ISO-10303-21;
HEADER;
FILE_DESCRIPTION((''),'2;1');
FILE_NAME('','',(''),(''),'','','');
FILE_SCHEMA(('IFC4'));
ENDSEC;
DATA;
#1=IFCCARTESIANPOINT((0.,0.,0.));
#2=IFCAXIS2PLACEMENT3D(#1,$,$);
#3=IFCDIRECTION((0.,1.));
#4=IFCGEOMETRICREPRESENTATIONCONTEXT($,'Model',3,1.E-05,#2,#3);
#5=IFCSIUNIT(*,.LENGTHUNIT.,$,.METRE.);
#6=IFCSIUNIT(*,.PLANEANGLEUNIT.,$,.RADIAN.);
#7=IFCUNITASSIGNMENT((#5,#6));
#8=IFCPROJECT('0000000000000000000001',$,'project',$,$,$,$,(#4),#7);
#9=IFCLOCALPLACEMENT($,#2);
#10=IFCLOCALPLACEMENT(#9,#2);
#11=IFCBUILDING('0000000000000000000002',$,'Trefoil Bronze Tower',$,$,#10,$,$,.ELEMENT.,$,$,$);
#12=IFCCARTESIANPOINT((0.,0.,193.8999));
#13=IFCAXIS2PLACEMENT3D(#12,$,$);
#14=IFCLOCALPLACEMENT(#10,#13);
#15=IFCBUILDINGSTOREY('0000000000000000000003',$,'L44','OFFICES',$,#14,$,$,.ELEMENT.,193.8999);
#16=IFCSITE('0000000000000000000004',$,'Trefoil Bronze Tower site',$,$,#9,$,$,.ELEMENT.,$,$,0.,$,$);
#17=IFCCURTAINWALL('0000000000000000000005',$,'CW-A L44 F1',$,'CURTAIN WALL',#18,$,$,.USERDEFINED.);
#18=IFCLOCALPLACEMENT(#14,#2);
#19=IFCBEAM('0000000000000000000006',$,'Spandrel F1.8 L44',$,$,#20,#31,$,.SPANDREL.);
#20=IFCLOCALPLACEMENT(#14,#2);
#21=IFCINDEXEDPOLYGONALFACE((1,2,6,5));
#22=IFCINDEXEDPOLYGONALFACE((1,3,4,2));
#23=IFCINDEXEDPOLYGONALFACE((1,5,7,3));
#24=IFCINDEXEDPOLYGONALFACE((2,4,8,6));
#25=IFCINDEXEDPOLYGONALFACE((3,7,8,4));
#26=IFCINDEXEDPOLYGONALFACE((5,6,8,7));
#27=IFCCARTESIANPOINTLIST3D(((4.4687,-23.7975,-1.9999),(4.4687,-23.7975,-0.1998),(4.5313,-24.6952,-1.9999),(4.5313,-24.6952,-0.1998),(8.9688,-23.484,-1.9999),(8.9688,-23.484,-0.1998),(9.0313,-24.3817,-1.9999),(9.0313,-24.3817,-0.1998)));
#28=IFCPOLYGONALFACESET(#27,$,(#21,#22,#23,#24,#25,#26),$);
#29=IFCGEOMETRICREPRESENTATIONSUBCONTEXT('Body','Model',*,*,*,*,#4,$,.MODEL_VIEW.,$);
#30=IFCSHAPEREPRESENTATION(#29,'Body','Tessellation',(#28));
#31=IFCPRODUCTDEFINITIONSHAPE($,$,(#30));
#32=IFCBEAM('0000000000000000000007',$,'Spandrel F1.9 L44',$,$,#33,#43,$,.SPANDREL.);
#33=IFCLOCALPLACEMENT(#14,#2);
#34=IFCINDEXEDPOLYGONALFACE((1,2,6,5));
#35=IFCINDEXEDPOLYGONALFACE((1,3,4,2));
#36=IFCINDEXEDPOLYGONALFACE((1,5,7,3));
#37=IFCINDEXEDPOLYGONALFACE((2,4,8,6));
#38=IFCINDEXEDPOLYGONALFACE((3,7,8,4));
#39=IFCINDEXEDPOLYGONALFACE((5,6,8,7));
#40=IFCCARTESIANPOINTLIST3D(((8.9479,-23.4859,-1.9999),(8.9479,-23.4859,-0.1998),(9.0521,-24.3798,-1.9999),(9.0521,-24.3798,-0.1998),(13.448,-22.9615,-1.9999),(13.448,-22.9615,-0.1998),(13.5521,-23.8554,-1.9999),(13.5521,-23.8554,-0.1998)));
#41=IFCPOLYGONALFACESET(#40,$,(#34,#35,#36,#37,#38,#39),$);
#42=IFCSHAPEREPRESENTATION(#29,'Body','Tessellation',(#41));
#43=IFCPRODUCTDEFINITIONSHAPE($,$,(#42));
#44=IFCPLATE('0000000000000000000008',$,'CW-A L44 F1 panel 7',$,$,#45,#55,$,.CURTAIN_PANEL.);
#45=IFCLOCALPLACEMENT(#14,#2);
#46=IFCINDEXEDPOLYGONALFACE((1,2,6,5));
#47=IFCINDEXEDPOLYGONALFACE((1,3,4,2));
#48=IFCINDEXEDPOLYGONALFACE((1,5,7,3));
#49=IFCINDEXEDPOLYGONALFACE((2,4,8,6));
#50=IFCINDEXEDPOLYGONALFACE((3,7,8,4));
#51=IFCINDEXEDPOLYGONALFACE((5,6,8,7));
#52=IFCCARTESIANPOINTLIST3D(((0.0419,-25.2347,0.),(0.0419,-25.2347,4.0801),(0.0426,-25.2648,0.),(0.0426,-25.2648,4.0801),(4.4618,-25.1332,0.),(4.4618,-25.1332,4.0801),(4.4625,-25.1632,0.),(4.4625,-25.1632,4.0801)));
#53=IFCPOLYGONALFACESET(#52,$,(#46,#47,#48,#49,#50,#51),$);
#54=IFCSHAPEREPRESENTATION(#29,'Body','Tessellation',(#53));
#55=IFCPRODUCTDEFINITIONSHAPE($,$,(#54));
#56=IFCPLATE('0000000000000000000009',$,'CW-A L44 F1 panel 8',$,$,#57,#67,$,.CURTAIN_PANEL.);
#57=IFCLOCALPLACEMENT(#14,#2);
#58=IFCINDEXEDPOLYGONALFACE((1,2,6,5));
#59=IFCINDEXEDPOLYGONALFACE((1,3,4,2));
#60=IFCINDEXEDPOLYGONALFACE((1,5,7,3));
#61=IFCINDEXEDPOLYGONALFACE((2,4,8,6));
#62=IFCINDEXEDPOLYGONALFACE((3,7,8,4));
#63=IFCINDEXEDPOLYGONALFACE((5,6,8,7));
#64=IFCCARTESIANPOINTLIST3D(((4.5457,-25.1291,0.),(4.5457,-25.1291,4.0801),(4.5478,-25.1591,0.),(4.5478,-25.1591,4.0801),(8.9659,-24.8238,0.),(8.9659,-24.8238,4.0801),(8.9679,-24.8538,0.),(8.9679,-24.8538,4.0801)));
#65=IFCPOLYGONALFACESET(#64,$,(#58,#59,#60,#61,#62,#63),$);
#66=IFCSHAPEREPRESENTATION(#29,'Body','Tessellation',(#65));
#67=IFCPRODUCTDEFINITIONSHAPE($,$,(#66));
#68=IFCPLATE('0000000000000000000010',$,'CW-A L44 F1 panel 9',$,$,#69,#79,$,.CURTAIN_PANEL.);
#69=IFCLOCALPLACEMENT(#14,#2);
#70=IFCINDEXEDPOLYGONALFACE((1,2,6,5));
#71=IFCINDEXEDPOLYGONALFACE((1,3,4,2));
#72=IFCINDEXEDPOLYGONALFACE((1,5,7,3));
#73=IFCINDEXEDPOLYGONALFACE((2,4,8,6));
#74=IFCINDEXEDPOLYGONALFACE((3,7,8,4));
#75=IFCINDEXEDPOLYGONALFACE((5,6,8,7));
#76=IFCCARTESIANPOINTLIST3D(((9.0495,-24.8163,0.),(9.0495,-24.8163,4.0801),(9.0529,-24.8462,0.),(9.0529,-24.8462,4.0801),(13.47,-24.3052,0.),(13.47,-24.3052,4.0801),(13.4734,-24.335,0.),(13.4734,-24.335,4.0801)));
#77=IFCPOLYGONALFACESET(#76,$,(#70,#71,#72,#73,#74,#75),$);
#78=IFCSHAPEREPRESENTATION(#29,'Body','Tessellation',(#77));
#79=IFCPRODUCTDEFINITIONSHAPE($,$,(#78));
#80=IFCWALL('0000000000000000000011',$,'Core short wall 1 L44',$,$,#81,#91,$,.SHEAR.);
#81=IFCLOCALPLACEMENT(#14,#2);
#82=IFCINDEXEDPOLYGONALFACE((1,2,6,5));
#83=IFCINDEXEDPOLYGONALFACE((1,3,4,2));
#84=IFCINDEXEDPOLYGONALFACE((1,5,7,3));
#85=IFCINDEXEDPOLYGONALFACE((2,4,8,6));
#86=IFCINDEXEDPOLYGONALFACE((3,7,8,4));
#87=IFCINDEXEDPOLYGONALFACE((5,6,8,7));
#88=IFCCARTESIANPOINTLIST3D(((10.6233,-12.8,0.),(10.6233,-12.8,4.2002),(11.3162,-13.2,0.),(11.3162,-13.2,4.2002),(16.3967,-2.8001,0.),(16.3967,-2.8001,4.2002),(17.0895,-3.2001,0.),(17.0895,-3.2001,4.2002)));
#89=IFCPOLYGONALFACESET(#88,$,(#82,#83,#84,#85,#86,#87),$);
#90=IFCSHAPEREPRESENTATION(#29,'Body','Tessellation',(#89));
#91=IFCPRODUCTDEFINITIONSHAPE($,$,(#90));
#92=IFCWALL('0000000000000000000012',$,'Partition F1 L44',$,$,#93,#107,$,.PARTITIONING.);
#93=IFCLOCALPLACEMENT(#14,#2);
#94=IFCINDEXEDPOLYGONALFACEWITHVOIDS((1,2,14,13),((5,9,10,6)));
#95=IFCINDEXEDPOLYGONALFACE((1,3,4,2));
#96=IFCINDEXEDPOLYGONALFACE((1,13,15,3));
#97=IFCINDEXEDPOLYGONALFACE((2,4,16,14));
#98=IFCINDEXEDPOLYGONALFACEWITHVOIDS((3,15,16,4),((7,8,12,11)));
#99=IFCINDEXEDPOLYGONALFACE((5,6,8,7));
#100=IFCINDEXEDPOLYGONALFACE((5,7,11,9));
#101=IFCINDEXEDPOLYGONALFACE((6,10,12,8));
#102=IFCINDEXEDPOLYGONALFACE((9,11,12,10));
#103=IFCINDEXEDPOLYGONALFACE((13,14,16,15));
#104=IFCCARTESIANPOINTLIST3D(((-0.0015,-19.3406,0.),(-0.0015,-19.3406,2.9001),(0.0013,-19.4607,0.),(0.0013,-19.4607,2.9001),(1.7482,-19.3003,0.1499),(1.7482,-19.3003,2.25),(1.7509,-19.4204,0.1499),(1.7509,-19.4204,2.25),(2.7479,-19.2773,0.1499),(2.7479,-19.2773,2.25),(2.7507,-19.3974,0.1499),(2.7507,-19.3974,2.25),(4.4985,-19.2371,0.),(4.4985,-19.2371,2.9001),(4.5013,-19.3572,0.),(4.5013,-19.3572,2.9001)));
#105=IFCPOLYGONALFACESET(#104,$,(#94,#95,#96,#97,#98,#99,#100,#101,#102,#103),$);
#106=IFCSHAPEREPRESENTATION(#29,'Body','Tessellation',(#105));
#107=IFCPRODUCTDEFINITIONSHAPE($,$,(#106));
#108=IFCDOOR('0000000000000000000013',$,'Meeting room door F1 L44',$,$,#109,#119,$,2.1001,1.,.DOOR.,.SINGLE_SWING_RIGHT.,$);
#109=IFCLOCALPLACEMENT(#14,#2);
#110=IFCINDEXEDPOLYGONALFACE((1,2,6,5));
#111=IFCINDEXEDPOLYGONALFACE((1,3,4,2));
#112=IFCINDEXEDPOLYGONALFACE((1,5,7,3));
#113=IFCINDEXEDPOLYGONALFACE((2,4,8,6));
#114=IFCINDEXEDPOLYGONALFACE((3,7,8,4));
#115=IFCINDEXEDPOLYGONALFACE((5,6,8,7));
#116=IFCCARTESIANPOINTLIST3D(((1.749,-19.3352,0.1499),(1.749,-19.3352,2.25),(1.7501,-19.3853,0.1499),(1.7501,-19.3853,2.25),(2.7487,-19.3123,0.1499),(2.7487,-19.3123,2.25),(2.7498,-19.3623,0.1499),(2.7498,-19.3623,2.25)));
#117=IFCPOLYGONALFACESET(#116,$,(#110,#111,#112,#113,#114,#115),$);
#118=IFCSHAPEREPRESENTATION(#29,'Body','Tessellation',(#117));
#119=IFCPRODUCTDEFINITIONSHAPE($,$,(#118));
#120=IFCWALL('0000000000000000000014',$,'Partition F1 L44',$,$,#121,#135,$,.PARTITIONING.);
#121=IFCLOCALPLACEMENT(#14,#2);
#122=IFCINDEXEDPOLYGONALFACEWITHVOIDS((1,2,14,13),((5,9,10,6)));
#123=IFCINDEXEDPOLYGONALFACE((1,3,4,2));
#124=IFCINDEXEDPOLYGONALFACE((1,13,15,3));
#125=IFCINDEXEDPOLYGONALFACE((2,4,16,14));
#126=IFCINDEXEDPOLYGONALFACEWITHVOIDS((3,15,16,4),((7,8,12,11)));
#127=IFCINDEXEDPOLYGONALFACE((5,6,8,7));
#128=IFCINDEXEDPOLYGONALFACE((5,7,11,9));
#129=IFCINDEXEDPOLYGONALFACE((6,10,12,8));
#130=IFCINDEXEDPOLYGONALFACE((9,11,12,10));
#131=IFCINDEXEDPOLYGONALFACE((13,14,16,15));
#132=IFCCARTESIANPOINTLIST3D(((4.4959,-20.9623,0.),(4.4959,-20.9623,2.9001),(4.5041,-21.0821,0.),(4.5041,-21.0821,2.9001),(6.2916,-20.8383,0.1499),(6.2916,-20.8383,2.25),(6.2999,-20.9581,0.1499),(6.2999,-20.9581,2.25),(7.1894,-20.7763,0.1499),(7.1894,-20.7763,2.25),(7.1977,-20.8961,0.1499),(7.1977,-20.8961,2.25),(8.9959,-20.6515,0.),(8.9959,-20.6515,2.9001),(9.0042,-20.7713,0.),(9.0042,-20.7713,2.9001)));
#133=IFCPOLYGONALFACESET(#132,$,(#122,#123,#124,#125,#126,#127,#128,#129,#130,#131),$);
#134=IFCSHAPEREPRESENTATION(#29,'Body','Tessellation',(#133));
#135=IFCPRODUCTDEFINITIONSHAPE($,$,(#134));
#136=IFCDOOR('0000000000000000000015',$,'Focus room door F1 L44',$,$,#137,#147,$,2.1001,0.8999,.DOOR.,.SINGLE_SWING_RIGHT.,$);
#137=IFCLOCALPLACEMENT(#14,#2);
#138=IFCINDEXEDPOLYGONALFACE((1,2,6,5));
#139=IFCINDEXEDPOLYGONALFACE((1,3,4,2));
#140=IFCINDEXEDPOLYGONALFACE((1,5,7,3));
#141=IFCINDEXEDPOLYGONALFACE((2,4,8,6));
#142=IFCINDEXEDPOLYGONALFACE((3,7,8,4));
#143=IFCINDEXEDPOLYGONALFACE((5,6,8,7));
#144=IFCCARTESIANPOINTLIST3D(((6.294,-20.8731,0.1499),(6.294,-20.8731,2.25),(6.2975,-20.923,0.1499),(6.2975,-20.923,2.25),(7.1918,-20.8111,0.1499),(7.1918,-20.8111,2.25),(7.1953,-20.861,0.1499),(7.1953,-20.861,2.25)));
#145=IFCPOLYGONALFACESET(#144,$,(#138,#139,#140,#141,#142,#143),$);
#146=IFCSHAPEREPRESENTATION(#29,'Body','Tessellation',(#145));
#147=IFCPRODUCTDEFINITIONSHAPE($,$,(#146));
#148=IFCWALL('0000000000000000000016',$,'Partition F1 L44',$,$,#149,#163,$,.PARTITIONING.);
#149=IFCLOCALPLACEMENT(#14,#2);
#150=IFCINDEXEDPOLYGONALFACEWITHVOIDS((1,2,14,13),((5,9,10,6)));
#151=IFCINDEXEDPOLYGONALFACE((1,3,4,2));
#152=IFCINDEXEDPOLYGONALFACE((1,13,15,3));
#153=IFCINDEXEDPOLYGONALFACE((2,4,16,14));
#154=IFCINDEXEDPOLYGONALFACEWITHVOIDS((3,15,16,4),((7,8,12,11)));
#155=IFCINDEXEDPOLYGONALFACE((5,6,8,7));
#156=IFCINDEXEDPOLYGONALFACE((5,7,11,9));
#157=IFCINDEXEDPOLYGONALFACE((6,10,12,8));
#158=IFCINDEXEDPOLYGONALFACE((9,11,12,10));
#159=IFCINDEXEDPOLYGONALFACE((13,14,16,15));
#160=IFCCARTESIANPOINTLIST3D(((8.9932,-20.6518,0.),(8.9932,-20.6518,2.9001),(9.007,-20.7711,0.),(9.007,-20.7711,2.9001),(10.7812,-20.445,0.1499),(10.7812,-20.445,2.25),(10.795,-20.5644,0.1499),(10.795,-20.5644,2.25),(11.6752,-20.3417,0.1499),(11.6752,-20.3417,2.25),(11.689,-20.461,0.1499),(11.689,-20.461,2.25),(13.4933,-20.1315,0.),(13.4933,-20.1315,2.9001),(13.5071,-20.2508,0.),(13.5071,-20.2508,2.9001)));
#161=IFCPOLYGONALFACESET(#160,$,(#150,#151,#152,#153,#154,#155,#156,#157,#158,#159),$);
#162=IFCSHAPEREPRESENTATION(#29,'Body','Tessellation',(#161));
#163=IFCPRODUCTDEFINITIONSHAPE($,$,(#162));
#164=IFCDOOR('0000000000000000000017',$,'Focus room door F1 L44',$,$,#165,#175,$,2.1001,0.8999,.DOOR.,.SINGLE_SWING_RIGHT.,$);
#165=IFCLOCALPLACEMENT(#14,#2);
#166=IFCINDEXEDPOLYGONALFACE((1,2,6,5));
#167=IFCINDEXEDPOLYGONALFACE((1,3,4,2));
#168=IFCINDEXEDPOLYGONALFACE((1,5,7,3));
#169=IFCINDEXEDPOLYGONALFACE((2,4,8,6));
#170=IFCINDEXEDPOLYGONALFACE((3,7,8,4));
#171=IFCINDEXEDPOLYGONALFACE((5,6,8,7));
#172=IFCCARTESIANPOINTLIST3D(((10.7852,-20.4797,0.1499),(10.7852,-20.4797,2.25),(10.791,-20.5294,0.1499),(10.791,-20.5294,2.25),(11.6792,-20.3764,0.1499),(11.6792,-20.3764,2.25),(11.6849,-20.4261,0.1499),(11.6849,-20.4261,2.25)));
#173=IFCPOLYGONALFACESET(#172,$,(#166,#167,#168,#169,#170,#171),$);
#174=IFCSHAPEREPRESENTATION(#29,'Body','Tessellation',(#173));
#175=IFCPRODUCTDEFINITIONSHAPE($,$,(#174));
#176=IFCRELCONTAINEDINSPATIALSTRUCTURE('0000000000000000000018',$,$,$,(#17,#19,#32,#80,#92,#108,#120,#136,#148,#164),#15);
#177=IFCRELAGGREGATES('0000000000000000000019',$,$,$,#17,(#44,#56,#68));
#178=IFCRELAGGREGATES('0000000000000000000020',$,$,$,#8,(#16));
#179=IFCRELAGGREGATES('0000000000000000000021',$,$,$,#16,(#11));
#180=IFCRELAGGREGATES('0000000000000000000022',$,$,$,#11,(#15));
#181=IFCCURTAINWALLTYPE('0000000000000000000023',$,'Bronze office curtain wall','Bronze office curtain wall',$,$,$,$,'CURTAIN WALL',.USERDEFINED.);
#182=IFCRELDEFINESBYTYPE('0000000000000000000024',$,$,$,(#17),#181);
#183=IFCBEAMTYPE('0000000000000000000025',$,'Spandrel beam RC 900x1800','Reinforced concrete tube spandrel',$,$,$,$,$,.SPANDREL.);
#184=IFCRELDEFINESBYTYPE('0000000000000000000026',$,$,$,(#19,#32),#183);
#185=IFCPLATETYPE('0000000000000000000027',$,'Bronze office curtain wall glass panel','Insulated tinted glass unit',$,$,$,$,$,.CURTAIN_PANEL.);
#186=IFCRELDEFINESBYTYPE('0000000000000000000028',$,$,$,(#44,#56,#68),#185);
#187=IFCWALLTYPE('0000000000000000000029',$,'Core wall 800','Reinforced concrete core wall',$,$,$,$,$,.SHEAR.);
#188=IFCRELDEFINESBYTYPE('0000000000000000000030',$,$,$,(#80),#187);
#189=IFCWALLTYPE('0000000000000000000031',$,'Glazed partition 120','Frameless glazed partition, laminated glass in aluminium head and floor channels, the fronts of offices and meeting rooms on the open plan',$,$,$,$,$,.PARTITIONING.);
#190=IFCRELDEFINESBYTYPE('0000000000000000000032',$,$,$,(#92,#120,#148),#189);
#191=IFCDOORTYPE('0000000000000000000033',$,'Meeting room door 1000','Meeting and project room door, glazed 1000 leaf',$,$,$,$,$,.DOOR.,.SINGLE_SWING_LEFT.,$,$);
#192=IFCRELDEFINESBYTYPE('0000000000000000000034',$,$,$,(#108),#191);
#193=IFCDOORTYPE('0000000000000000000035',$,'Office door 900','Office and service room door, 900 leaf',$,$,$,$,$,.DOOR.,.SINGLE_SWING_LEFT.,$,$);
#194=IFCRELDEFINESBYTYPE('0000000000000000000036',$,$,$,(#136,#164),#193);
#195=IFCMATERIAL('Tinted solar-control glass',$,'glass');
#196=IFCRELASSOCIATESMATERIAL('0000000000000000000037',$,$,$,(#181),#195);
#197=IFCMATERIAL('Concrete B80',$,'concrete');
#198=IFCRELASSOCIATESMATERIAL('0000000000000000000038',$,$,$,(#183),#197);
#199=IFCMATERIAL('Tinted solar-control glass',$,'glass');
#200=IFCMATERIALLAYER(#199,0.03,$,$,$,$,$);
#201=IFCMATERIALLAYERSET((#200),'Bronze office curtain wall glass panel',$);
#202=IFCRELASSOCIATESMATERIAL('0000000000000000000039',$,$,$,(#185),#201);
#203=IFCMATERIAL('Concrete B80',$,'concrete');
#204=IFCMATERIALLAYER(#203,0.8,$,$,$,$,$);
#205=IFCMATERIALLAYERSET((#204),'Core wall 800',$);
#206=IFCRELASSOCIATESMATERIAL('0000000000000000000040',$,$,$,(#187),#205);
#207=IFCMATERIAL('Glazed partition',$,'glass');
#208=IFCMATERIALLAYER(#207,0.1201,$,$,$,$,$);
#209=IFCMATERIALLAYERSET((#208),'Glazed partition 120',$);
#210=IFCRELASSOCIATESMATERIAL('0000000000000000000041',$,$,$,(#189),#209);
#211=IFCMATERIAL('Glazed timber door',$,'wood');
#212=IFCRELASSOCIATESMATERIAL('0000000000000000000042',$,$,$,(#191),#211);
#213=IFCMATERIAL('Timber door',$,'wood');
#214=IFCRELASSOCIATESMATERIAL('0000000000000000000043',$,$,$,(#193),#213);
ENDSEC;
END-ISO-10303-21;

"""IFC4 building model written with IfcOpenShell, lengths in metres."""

from ifc_helpers import new_model, si_unit, direction, frame, frame_2d, origin, origin_2d, place, context, subcontext, project, spatial, rectangle, extrude, material, layer, layer_set, material_profile, profile_set, type_object, element, fill, aggregate, save


model = new_model("IFC4")

# Units and contexts
model_context = context("Model", 3, precision=1e-05, world=origin(), true_north=direction((0.0, 1.0)))
body_context = subcontext(model_context, "Body", "Model", "MODEL_VIEW")
ifc_project = project(units=[si_unit("LENGTHUNIT", "METRE"), si_unit("PLANEANGLEUNIT", "RADIAN")], contexts=[model_context])

# Site, building, storey
site_placement = place(None, origin())
site = spatial("IfcSite", under=ifc_project, at=site_placement, Name="Trefoil Bronze Tower site", CompositionType="ELEMENT", RefElevation=0.0)
building_placement = place(site_placement, origin())
building = spatial("IfcBuilding", under=site, at=building_placement, Name="Trefoil Bronze Tower", CompositionType="ELEMENT")
storey_placement = place(building_placement, frame((0.0, 0.0, 193.8999)))
storey = spatial("IfcBuildingStorey", under=building, at=storey_placement, Name="L44", Description="OFFICES", CompositionType="ELEMENT", Elevation=193.8999)

# Curtain wall
ifc_material_1 = material(Name="Tinted solar-control glass", Category="glass")
curtain_wall_type = type_object("IfcCurtainWallType", Name="Bronze office curtain wall", Description="Bronze office curtain wall", ElementType="CURTAIN WALL", PredefinedType="USERDEFINED", material=ifc_material_1)
curtain_wall_placement = place(storey_placement, origin())
curtain_wall = element("IfcCurtainWall", 1, at=curtain_wall_placement, inside=storey, type_object=curtain_wall_type, Name="CW-A L44 F1", ObjectType="CURTAIN WALL", PredefinedType="USERDEFINED")

# Beams
ifc_material_2 = material(Name="Concrete B80", Category="concrete")
ifc_material_profile_1 = material_profile(ifc_material_2, rectangle(XDim=0.8999, YDim=1.8, at=origin_2d()), Name="RC 900x1800")
ifc_profile_set_1 = profile_set([ifc_material_profile_1], Name="Concrete B80")
beam_type_1 = type_object("IfcBeamType", Name="Spandrel beam RC 900x1800", Description="Reinforced concrete tube spandrel", PredefinedType="SPANDREL", material=ifc_profile_set_1)
beam_1_placement = place(storey_placement, frame((4.5, -24.2463, -1.0999), z_axis=(0.997582, 0.069493, 0.0), x_axis=(-0.069493, 0.997582, 0.0)))
element("IfcBeam", 2, at=beam_1_placement, inside=storey, type_object=beam_type_1, Name="Spandrel F1.8 L44", PredefinedType="SPANDREL", context=body_context, shape_type="SweptSolid", body=[
    extrude(rectangle(XDim=0.8999, YDim=1.8, at=origin_2d()), origin(), (0.0, 0.0, 1.0), 4.511),
])
beam_2_placement = place(storey_placement, frame((9.0, -23.9329, -1.0999), z_axis=(0.993278, 0.115753, 0.0), x_axis=(-0.115753, 0.993278, 0.0)))
element("IfcBeam", 3, at=beam_2_placement, inside=storey, type_object=beam_type_1, Name="Spandrel F1.9 L44", PredefinedType="SPANDREL", context=body_context, shape_type="SweptSolid", body=[
    extrude(rectangle(XDim=0.8999, YDim=1.8, at=origin_2d()), origin(), (0.0, 0.0, 1.0), 4.5305),
])

# Plates
ifc_material_3 = material(Name="Tinted solar-control glass", Category="glass")
ifc_layer_1 = layer(ifc_material_3, 0.03)
ifc_layer_set_1 = layer_set([ifc_layer_1], Name="Bronze office curtain wall glass panel")
plate_type = type_object("IfcPlateType", Name="Bronze office curtain wall glass panel", Description="Insulated tinted glass unit", PredefinedType="CURTAIN_PANEL", material=ifc_layer_set_1)
plate_1_placement = place(storey_placement, frame((2.2522, -25.199, 0.0), z_axis=(0.0, 0.0, 1.0), x_axis=(0.999736, 0.022972, 0.0)))
plate_1 = element("IfcPlate", 4, at=plate_1_placement, type_object=plate_type, Name="CW-A L44 F1 panel 7", PredefinedType="CURTAIN_PANEL", context=body_context, shape_type="SweptSolid", body=[
    extrude(rectangle(XDim=4.4211, YDim=0.03, at=origin_2d()), origin(), (0.0, 0.0, 1.0), 4.0801),
])
plate_2_placement = place(storey_placement, frame((6.7568, -24.9915, 0.0), z_axis=(0.0, 0.0, 1.0), x_axis=(0.997623, 0.068915, 0.0)))
plate_2 = element("IfcPlate", 5, at=plate_2_placement, type_object=plate_type, Name="CW-A L44 F1 panel 8", PredefinedType="CURTAIN_PANEL", context=body_context, shape_type="SweptSolid", body=[
    extrude(rectangle(XDim=4.4307, YDim=0.03, at=origin_2d()), origin(), (0.0, 0.0, 1.0), 4.0801),
])
plate_3_placement = place(storey_placement, frame((11.2615, -24.5757, 0.0), z_axis=(0.0, 0.0, 1.0), x_axis=(0.993382, 0.114859, 0.0)))
plate_3 = element("IfcPlate", 6, at=plate_3_placement, type_object=plate_type, Name="CW-A L44 F1 panel 9", PredefinedType="CURTAIN_PANEL", context=body_context, shape_type="SweptSolid", body=[
    extrude(rectangle(XDim=4.45, YDim=0.03, at=origin_2d()), origin(), (0.0, 0.0, 1.0), 4.0801),
])
aggregate(curtain_wall, [plate_1, plate_2, plate_3])

# Wall
ifc_material_4 = material(Name="Concrete B80", Category="concrete")
ifc_layer_2 = layer(ifc_material_4, 0.8)
ifc_layer_set_2 = layer_set([ifc_layer_2], Name="Core wall 800")
wall_type_1 = type_object("IfcWallType", Name="Core wall 800", Description="Reinforced concrete core wall", PredefinedType="SHEAR", material=ifc_layer_set_2)
wall_1_placement = place(storey_placement, frame((10.9697, -13.0, 0.0), z_axis=(0.0, 0.0, 1.0), x_axis=(0.499996, 0.866028, 0.0)))
element("IfcWall", 7, at=wall_1_placement, inside=storey, type_object=wall_type_1, Name="Core short wall 1 L44", PredefinedType="SHEAR", context=body_context, shape_type="SweptSolid", body=[
    extrude(rectangle(XDim=11.5469, YDim=0.8, at=frame_2d((5.7734, 0.0))), origin(), (0.0, 0.0, 1.0), 4.2002),
])

# Walls, openings, doors
ifc_material_5 = material(Name="Glazed partition", Category="glass")
ifc_layer_3 = layer(ifc_material_5, 0.1201)
ifc_layer_set_3 = layer_set([ifc_layer_3], Name="Glazed partition 120")
wall_type_2 = type_object("IfcWallType", Name="Glazed partition 120", Description="Frameless glazed partition, laminated glass in aluminium head and floor channels, the fronts of offices and meeting rooms on the open plan", PredefinedType="PARTITIONING", material=ifc_layer_set_3)
wall_2_placement = place(storey_placement, frame((0.0, -19.4006, 0.0), z_axis=(0.0, 0.0, 1.0), x_axis=(0.999736, 0.022997, 0.0)))
wall_2 = element("IfcWall", 8, at=wall_2_placement, inside=storey, type_object=wall_type_2, Name="Partition F1 L44", PredefinedType="PARTITIONING", context=body_context, shape_type="SweptSolid", body=[
    extrude(rectangle(XDim=4.5012, YDim=0.1201, at=frame_2d((2.2505, 0.0))), origin(), (0.0, 0.0, 1.0), 2.9001),
])
opening_1_placement = place(wall_2_placement, frame((1.75, 0.0, 0.1499)))
opening_1 = element("IfcOpeningElement", 9, at=opening_1_placement, cuts=wall_2, PredefinedType="OPENING", context=body_context, shape_type="SweptSolid", body=[
    extrude(rectangle(XDim=1.0, YDim=2.1001, at=frame_2d((0.5, 1.05))), frame((0.0, 0.0701, 0.0), z_axis=(0.0, -1.0, 0.0), x_axis=(1.0, 0.0, 0.0)), (0.0, 0.0, 1.0), 0.1401),
])
ifc_material_6 = material(Name="Glazed timber door", Category="wood")
door_type_1 = type_object("IfcDoorType", Name="Meeting room door 1000", Description="Meeting and project room door, glazed 1000 leaf", OperationType="SINGLE_SWING_LEFT", PredefinedType="DOOR", material=ifc_material_6)
door_1_placement = place(opening_1_placement, frame((1.0, 0.0, 0.0), z_axis=(0.0, 0.0, 1.0), x_axis=(-1.0, 0.0, 0.0)))
door_1 = element("IfcDoor", 10, at=door_1_placement, inside=storey, type_object=door_type_1, Name="Meeting room door F1 L44", OperationType="SINGLE_SWING_RIGHT", OverallHeight=2.1001, OverallWidth=1.0, PredefinedType="DOOR", context=body_context, shape_type="SweptSolid", body=[
    extrude(rectangle(XDim=1.0, YDim=2.1001, at=frame_2d((0.5, 1.05))), frame((0.0, 0.0249, 0.0), z_axis=(0.0, -1.0, 0.0), x_axis=(1.0, 0.0, 0.0)), (0.0, 0.0, 1.0), 0.05),
])
fill(opening_1, door_1)
wall_3_placement = place(storey_placement, frame((4.5, -21.0222, 0.0), z_axis=(0.0, 0.0, 1.0), x_axis=(0.997624, 0.068901, 0.0)))
wall_3 = element("IfcWall", 11, at=wall_3_placement, inside=storey, type_object=wall_type_2, Name="Partition F1 L44", PredefinedType="PARTITIONING", context=body_context, shape_type="SweptSolid", body=[
    extrude(rectangle(XDim=4.5107, YDim=0.1201, at=frame_2d((2.2554, 0.0))), origin(), (0.0, 0.0, 1.0), 2.9001),
])
opening_2_placement = place(wall_3_placement, frame((1.8, 0.0, 0.1499)))
opening_2 = element("IfcOpeningElement", 12, at=opening_2_placement, cuts=wall_3, PredefinedType="OPENING", context=body_context, shape_type="SweptSolid", body=[
    extrude(rectangle(XDim=0.8999, YDim=2.1001, at=frame_2d((0.45, 1.05))), frame((0.0, 0.0701, 0.0), z_axis=(0.0, -1.0, 0.0), x_axis=(1.0, 0.0, 0.0)), (0.0, 0.0, 1.0), 0.1401),
])
ifc_material_7 = material(Name="Timber door", Category="wood")
door_type_2 = type_object("IfcDoorType", Name="Office door 900", Description="Office and service room door, 900 leaf", OperationType="SINGLE_SWING_LEFT", PredefinedType="DOOR", material=ifc_material_7)
door_2_placement = place(opening_2_placement, frame((0.8999, 0.0, 0.0), z_axis=(0.0, 0.0, 1.0), x_axis=(-1.0, 0.0, 0.0)))
door_2 = element("IfcDoor", 13, at=door_2_placement, inside=storey, type_object=door_type_2, Name="Focus room door F1 L44", OperationType="SINGLE_SWING_RIGHT", OverallHeight=2.1001, OverallWidth=0.8999, PredefinedType="DOOR", context=body_context, shape_type="SweptSolid", body=[
    extrude(rectangle(XDim=0.8999, YDim=2.1001, at=frame_2d((0.45, 1.05))), frame((0.0, 0.0249, 0.0), z_axis=(0.0, -1.0, 0.0), x_axis=(1.0, 0.0, 0.0)), (0.0, 0.0, 1.0), 0.05),
])
fill(opening_2, door_2)
wall_4_placement = place(storey_placement, frame((9.0, -20.7114, 0.0), z_axis=(0.0, 0.0, 1.0), x_axis=(0.993383, 0.114849, 0.0)))
wall_4 = element("IfcWall", 14, at=wall_4_placement, inside=storey, type_object=wall_type_2, Name="Partition F1 L44", PredefinedType="PARTITIONING", context=body_context, shape_type="SweptSolid", body=[
    extrude(rectangle(XDim=4.53, YDim=0.1201, at=frame_2d((2.2651, 0.0))), origin(), (0.0, 0.0, 1.0), 2.9001),
])
opening_3_placement = place(wall_4_placement, frame((1.8, 0.0, 0.1499)))
opening_3 = element("IfcOpeningElement", 15, at=opening_3_placement, cuts=wall_4, PredefinedType="OPENING", context=body_context, shape_type="SweptSolid", body=[
    extrude(rectangle(XDim=0.8999, YDim=2.1001, at=frame_2d((0.45, 1.05))), frame((0.0, 0.0701, 0.0), z_axis=(0.0, -1.0, 0.0), x_axis=(1.0, 0.0, 0.0)), (0.0, 0.0, 1.0), 0.1401),
])
door_3_placement = place(opening_3_placement, frame((0.8999, 0.0, 0.0), z_axis=(0.0, 0.0, 1.0), x_axis=(-1.0, 0.0, 0.0)))
door_3 = element("IfcDoor", 16, at=door_3_placement, inside=storey, type_object=door_type_2, Name="Focus room door F1 L44", OperationType="SINGLE_SWING_RIGHT", OverallHeight=2.1001, OverallWidth=0.8999, PredefinedType="DOOR", context=body_context, shape_type="SweptSolid", body=[
    extrude(rectangle(XDim=0.8999, YDim=2.1001, at=frame_2d((0.45, 1.05))), frame((0.0, 0.0249, 0.0), z_axis=(0.0, -1.0, 0.0), x_axis=(1.0, 0.0, 0.0)), (0.0, 0.0, 1.0), 0.05),
])
fill(opening_3, door_3)

save(model, "model.ifc")
